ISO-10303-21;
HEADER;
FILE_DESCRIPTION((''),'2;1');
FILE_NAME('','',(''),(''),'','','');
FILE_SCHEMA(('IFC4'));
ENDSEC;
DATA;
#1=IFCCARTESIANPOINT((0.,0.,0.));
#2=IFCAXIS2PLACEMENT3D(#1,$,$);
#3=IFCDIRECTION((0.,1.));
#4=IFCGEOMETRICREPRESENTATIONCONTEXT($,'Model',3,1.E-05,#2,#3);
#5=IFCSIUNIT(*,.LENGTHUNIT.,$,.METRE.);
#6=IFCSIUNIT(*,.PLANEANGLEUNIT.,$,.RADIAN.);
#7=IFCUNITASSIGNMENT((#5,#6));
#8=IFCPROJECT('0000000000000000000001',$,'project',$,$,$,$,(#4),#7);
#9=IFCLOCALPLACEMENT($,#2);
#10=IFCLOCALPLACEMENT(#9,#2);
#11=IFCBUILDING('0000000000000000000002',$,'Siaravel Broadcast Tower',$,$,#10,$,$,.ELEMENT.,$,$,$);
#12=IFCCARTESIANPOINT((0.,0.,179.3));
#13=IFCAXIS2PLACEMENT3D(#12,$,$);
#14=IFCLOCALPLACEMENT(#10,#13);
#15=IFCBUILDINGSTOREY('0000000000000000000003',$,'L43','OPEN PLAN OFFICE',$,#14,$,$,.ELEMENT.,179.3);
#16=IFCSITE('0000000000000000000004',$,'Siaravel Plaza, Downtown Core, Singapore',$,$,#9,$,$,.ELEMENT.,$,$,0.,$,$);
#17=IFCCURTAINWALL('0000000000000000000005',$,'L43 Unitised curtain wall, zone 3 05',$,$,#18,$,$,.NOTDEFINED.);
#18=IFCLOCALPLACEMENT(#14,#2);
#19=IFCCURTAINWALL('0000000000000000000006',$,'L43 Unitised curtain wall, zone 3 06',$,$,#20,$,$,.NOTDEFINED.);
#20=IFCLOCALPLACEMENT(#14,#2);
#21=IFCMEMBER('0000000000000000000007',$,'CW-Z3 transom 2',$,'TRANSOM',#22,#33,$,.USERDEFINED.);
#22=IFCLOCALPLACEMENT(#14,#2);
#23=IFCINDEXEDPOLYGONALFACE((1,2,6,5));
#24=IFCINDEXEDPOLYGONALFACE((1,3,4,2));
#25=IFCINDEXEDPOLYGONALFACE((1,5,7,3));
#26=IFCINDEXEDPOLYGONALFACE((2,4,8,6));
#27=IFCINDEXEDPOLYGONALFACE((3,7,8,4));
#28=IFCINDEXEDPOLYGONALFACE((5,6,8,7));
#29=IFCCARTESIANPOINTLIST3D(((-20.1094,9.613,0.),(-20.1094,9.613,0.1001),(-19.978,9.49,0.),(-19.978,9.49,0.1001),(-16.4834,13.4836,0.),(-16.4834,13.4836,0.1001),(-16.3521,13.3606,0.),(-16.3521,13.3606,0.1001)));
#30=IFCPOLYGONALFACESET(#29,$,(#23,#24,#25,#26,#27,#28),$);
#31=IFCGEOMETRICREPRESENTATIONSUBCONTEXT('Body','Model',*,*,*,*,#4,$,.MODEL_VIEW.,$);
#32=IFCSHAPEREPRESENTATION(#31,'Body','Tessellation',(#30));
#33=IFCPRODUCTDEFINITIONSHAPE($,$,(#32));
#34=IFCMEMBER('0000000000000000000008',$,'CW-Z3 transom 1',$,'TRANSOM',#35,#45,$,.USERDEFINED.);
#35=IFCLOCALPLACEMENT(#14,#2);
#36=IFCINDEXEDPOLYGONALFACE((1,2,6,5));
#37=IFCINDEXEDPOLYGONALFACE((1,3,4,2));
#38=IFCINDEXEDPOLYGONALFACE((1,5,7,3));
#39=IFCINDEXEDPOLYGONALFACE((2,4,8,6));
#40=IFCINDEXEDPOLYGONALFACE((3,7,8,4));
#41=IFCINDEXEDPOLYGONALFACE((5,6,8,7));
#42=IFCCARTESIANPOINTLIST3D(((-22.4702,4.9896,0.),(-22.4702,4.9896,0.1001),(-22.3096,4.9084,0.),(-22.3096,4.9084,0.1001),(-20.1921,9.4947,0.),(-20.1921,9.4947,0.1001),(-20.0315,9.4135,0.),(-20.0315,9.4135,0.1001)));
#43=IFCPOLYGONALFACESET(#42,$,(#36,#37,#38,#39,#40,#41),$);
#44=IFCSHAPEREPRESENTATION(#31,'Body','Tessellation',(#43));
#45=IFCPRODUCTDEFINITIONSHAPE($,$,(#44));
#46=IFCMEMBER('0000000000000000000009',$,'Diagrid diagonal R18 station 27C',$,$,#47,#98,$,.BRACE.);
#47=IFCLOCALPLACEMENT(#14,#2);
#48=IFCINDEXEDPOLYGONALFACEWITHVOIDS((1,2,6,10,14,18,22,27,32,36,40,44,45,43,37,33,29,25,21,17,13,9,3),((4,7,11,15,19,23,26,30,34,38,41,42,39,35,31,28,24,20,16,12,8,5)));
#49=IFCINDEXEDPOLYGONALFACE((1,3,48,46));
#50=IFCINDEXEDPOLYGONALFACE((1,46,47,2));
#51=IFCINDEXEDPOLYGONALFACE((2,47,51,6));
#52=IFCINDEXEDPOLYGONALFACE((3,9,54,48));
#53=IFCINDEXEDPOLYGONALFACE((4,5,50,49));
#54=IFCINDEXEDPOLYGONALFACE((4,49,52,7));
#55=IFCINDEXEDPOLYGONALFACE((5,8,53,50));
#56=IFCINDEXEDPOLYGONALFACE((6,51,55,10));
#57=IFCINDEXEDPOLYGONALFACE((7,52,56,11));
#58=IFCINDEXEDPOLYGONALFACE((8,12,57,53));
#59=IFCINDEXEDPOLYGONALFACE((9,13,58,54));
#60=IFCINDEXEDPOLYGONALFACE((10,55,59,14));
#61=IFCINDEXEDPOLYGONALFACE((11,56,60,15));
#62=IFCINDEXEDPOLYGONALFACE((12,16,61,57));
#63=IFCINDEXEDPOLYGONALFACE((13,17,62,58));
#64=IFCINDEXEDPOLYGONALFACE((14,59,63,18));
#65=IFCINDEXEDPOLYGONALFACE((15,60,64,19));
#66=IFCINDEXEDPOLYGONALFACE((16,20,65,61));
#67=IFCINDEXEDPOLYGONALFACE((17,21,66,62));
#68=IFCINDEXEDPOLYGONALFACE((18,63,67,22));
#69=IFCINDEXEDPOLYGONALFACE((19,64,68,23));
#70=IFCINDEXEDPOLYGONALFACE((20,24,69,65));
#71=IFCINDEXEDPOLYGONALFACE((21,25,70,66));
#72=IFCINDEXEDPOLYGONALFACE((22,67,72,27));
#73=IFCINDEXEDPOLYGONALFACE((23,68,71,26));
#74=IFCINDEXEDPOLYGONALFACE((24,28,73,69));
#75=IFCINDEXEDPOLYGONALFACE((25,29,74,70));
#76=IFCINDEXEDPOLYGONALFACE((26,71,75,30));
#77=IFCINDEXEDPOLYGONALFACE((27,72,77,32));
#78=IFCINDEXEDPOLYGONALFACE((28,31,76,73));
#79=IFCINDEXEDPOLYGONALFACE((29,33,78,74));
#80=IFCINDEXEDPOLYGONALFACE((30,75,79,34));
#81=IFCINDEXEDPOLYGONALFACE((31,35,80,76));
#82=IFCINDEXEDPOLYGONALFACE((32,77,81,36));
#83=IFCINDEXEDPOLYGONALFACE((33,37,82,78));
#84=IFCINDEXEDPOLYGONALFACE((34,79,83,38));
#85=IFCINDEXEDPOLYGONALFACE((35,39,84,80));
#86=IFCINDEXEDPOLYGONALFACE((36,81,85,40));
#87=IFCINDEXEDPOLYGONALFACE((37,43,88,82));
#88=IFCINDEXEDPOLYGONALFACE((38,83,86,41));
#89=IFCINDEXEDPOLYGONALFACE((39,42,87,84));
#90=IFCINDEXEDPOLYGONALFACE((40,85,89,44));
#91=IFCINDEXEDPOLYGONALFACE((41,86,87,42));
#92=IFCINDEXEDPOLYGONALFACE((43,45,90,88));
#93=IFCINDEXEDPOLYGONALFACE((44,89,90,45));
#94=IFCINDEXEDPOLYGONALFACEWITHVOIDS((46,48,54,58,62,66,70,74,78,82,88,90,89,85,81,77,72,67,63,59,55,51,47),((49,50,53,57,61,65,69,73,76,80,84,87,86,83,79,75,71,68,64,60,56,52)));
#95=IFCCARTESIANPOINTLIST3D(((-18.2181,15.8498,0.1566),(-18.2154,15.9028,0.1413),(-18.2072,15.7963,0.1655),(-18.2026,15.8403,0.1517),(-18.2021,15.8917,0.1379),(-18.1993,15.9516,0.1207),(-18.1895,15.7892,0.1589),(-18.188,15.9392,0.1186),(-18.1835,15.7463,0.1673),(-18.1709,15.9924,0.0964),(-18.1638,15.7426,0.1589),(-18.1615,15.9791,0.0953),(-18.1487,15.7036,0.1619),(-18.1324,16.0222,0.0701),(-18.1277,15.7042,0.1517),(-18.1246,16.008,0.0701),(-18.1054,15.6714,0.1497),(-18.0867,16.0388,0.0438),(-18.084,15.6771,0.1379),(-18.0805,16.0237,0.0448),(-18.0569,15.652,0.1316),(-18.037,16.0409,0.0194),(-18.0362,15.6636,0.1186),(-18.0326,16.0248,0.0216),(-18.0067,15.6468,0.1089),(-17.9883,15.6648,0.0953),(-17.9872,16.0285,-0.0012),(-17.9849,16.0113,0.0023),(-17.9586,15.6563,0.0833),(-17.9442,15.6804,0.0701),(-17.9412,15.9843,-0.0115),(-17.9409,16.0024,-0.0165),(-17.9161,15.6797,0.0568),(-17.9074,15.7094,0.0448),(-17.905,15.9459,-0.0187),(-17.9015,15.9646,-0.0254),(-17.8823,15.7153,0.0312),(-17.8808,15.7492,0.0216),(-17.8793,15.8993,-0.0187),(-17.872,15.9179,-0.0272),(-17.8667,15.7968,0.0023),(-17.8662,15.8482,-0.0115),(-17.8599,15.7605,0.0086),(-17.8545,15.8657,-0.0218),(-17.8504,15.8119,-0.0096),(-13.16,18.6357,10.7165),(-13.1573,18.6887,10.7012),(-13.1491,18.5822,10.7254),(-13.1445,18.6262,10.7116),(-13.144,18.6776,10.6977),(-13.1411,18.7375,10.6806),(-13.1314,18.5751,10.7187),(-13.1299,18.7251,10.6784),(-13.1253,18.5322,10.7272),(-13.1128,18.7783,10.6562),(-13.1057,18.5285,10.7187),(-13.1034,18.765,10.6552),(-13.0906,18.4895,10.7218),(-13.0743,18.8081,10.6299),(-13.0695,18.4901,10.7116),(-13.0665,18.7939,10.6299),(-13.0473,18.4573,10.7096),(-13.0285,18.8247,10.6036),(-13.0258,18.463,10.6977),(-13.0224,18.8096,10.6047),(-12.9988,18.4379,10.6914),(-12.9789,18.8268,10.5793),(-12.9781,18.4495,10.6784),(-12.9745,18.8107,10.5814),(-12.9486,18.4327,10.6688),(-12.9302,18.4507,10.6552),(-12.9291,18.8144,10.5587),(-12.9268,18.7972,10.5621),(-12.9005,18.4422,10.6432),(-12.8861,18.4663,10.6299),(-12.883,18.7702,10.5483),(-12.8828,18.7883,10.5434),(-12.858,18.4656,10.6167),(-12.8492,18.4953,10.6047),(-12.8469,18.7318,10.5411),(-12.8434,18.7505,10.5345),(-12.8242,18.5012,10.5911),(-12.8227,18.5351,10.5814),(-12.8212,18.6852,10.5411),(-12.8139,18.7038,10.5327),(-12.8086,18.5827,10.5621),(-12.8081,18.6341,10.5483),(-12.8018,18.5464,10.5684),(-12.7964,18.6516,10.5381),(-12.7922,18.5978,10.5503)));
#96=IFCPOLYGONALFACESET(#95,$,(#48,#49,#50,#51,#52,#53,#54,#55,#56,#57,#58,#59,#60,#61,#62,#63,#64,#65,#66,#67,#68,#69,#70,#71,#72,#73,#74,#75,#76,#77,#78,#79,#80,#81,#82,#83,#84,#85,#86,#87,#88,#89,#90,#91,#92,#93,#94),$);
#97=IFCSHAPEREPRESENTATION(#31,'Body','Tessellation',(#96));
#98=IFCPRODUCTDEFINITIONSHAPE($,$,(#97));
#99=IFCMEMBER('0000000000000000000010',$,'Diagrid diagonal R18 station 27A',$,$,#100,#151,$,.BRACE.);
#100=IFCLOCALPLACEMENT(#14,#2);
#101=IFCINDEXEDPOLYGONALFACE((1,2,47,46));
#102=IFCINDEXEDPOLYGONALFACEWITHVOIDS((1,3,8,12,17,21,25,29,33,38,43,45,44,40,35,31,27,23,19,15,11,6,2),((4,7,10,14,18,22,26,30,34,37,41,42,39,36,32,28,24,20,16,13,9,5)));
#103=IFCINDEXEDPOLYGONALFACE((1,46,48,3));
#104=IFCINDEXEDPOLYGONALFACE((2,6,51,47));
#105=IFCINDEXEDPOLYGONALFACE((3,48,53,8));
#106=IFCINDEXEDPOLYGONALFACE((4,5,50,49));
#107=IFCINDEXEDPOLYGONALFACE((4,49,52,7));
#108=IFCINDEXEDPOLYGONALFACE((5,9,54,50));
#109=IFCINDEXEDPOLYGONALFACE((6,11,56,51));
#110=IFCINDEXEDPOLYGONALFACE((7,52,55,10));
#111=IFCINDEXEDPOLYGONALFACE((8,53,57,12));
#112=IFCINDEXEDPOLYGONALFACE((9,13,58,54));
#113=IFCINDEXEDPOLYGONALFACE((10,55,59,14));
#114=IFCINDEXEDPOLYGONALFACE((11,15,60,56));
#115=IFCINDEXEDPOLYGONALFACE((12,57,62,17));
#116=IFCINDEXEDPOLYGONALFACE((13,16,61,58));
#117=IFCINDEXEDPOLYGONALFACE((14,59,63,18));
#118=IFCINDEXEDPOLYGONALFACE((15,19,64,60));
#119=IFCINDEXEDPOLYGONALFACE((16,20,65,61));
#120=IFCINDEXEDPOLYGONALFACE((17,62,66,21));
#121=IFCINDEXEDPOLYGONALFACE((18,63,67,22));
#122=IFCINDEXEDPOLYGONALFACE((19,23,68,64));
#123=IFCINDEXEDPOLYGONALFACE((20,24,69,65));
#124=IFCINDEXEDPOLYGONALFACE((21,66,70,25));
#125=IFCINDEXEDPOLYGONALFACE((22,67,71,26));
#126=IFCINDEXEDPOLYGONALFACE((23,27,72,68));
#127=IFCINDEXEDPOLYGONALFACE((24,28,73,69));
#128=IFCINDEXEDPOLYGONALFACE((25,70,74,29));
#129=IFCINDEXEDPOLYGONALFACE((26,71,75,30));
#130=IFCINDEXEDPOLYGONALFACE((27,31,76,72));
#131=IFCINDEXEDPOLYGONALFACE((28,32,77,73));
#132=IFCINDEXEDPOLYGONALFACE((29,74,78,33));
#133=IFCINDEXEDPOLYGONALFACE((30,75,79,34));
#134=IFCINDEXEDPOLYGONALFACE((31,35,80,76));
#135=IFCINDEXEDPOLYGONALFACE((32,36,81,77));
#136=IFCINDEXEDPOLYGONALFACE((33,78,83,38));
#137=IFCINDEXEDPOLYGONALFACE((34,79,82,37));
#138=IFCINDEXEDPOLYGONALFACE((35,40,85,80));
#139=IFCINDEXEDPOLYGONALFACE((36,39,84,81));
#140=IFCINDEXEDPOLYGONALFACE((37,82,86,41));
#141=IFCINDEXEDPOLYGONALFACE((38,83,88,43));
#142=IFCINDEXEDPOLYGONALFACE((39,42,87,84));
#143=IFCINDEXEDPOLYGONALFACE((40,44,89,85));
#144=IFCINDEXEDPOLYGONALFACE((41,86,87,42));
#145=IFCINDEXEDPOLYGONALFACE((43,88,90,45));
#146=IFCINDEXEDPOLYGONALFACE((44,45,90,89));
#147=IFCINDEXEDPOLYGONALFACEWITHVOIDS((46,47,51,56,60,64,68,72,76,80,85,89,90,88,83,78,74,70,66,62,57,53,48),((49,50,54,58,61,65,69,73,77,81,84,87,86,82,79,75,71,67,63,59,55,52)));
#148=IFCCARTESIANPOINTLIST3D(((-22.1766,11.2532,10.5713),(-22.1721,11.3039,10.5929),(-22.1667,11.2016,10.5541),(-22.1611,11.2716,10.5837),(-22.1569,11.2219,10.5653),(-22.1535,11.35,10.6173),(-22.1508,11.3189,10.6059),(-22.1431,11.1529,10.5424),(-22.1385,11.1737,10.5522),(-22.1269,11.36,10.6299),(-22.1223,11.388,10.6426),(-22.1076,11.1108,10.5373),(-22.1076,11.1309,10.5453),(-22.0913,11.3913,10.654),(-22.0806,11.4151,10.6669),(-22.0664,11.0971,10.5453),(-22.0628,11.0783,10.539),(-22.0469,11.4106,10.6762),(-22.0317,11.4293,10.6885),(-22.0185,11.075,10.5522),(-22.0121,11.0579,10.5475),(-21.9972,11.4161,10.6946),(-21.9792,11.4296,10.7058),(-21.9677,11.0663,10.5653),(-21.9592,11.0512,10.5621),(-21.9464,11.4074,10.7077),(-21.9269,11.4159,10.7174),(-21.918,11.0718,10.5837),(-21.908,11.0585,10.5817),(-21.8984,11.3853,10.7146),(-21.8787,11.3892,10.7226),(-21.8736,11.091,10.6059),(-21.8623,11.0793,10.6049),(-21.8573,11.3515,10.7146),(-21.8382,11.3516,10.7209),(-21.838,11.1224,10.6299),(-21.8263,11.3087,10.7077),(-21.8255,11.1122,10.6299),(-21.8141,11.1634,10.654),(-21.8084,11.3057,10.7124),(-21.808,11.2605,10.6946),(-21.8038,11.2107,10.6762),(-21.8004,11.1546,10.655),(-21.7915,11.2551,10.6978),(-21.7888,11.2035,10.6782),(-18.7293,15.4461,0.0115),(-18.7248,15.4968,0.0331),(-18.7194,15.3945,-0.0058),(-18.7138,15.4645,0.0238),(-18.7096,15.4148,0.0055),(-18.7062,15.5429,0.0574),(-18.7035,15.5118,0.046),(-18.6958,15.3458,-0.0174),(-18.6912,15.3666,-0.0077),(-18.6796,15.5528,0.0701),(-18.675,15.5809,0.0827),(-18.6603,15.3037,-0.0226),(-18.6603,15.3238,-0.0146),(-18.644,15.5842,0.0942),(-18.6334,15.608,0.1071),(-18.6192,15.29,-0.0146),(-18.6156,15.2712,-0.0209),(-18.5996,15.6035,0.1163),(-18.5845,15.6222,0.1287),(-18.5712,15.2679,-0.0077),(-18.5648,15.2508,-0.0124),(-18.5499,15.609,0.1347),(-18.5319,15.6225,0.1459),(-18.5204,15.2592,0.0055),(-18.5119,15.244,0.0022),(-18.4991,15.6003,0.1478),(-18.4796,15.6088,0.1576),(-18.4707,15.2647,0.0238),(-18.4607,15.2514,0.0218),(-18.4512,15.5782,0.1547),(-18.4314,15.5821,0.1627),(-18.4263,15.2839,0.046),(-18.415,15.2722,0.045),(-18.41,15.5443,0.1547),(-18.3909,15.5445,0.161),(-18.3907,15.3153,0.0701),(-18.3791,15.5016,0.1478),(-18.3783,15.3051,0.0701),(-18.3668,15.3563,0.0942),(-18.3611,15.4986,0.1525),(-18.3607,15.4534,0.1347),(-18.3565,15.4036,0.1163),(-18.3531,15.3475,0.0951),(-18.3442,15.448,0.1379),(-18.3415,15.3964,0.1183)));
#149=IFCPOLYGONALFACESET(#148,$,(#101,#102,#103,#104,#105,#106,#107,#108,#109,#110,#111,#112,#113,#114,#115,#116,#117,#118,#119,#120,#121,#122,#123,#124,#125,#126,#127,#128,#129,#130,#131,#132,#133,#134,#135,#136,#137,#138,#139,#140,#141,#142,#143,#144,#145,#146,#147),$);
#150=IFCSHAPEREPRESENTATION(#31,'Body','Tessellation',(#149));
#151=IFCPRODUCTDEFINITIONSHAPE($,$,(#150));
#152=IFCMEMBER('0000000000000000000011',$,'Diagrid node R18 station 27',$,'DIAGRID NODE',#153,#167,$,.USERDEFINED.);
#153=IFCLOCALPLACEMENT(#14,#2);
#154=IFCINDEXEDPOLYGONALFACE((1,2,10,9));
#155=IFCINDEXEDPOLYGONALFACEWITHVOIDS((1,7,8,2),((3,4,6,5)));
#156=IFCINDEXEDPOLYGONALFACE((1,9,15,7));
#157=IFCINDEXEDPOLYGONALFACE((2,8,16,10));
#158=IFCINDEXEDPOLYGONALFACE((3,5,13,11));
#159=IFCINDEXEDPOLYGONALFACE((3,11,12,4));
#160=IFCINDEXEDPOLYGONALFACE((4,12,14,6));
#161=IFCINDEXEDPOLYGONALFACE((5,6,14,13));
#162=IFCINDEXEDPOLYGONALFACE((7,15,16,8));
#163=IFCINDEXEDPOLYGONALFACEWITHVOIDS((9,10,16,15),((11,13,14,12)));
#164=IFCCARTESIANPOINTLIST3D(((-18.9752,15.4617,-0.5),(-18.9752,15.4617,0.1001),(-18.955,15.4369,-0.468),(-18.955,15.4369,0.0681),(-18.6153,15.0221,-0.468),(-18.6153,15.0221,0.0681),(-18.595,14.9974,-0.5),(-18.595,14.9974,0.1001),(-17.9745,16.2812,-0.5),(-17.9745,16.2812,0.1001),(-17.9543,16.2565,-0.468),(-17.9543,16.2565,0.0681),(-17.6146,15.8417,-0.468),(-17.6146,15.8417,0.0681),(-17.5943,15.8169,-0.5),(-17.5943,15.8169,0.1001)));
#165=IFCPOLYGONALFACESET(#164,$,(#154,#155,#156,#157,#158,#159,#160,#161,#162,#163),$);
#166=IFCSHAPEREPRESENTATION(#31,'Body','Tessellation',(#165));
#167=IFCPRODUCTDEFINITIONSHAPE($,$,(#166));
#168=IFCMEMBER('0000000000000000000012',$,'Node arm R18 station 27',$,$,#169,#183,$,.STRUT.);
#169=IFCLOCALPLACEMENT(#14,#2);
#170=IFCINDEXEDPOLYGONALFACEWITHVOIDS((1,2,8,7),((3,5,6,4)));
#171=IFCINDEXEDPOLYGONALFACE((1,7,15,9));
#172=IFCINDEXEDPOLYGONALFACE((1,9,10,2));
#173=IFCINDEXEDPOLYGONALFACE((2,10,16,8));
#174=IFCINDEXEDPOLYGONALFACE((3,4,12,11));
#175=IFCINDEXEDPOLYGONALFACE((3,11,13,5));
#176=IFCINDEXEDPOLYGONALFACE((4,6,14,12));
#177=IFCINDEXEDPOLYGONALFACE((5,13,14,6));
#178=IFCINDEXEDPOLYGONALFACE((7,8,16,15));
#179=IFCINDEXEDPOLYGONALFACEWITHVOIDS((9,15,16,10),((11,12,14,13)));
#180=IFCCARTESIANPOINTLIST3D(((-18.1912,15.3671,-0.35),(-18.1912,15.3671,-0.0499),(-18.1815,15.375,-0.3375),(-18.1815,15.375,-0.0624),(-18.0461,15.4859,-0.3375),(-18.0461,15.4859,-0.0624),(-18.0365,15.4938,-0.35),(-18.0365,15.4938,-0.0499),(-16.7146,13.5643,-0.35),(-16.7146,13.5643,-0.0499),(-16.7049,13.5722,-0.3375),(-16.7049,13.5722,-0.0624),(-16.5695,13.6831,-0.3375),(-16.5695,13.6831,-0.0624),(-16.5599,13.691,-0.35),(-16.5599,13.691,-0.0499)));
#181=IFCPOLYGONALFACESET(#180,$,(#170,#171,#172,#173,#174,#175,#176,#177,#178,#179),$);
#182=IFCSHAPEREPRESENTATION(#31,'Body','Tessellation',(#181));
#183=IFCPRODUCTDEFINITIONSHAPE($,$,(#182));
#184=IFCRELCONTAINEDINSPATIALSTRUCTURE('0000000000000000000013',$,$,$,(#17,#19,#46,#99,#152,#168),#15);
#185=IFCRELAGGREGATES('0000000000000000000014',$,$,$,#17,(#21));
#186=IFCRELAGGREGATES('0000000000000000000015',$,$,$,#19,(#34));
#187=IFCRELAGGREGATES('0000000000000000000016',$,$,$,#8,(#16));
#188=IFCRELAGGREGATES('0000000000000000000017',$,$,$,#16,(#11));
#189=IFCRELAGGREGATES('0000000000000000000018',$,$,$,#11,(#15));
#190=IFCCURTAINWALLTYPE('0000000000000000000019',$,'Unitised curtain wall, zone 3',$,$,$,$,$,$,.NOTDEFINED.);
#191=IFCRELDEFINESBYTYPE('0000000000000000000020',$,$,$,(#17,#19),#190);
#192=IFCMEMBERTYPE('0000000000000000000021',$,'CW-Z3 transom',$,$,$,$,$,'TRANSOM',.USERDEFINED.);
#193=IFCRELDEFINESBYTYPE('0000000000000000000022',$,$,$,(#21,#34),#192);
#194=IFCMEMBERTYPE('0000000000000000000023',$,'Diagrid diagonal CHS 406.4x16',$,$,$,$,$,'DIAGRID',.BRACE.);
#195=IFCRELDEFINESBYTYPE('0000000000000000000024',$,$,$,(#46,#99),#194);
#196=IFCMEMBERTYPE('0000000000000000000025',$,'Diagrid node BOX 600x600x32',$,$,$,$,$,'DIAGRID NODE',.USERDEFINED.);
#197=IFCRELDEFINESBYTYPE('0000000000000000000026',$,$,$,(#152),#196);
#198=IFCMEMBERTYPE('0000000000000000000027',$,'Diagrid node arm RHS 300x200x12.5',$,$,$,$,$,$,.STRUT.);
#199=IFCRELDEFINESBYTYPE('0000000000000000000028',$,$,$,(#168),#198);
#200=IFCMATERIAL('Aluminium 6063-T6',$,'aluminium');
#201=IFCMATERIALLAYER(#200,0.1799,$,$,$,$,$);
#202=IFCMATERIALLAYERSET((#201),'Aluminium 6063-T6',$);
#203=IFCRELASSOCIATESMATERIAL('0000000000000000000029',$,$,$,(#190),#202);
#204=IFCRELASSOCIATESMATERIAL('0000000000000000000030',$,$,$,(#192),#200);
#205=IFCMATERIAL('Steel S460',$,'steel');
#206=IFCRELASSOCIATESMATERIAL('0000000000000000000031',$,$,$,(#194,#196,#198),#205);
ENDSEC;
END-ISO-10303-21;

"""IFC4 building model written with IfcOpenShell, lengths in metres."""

from ifc_helpers import new_model, si_unit, direction, frame, origin, origin_2d, place, context, subcontext, project, spatial, rectangle, hollow_rectangle, hollow_circle, extrude, material, layer, layer_set, material_profile, profile_set, type_object, element, aggregate, save


model = new_model("IFC4")

# Units and contexts
model_context = context("Model", 3, precision=1e-05, world=origin(), true_north=direction((0.0, 1.0)))
body_context = subcontext(model_context, "Body", "Model", "MODEL_VIEW")
ifc_project = project(units=[si_unit("LENGTHUNIT", "METRE"), si_unit("PLANEANGLEUNIT", "RADIAN")], contexts=[model_context])

# Site, building, storey
site_placement = place(None, origin())
site = spatial("IfcSite", under=ifc_project, at=site_placement, Name="Siaravel Plaza, Downtown Core, Singapore", CompositionType="ELEMENT", RefElevation=0.0)
building_placement = place(site_placement, origin())
building = spatial("IfcBuilding", under=site, at=building_placement, Name="Siaravel Broadcast Tower", CompositionType="ELEMENT")
storey_placement = place(building_placement, frame((0.0, 0.0, 179.3)))
storey = spatial("IfcBuildingStorey", under=building, at=storey_placement, Name="L43", Description="OPEN PLAN OFFICE", CompositionType="ELEMENT", Elevation=179.3)

# Curtain wall
ifc_material_1 = material(Name="Aluminium 6063-T6", Category="aluminium")
ifc_layer_1 = layer(ifc_material_1, 0.1799)
ifc_layer_set_1 = layer_set([ifc_layer_1], Name="Aluminium 6063-T6")
curtain_wall_type = type_object("IfcCurtainWallType", Name="Unitised curtain wall, zone 3", PredefinedType="NOTDEFINED", material=ifc_layer_set_1)
curtain_wall_1_placement = place(storey_placement, origin())
curtain_wall_1 = element("IfcCurtainWall", 1, at=curtain_wall_1_placement, inside=storey, type_object=curtain_wall_type, Name="L43 Unitised curtain wall, zone 3 05", PredefinedType="NOTDEFINED")

# Curtain wall
curtain_wall_2_placement = place(storey_placement, origin())
curtain_wall_2 = element("IfcCurtainWall", 2, at=curtain_wall_2_placement, inside=storey, type_object=curtain_wall_type, Name="L43 Unitised curtain wall, zone 3 06", PredefinedType="NOTDEFINED")

# Members
ifc_material_profile_1 = material_profile(ifc_material_1, rectangle(XDim=0.1799, YDim=0.1001, at=origin_2d()))
ifc_profile_set_1 = profile_set([ifc_material_profile_1], Name="Aluminium 6063-T6")
member_type_1 = type_object("IfcMemberType", Name="CW-Z3 transom", ElementType="TRANSOM", PredefinedType="USERDEFINED", material=ifc_profile_set_1)
member_1_placement = place(storey_placement, frame((-16.4177, 13.4221, 0.05), z_axis=(-0.683669, -0.729793, 0.0), x_axis=(0.729793, -0.683669, 0.0)))
member_1 = element("IfcMember", 3, at=member_1_placement, type_object=member_type_1, Name="CW-Z3 transom 2", ObjectType="TRANSOM", PredefinedType="USERDEFINED", context=body_context, shape_type="SweptSolid", body=[
    extrude(rectangle(XDim=0.1799, YDim=0.1001, at=origin_2d()), origin(), (0.0, 0.0, 1.0), 5.3037),
])
member_2_placement = place(storey_placement, frame((-20.1118, 9.4541, 0.05), z_axis=(-0.451252, -0.892397, 0.0), x_axis=(0.892397, -0.451252, 0.0)))
member_2 = element("IfcMember", 4, at=member_2_placement, type_object=member_type_1, Name="CW-Z3 transom 1", ObjectType="TRANSOM", PredefinedType="USERDEFINED", context=body_context, shape_type="SweptSolid", body=[
    extrude(rectangle(XDim=0.1799, YDim=0.1001, at=origin_2d()), origin(), (0.0, 0.0, 1.0), 5.0483),
])

# Members
ifc_material_2 = material(Name="Steel S460", Category="steel")
ifc_material_profile_2 = material_profile(ifc_material_2, hollow_circle(Radius=0.2031, WallThickness=0.0161, at=origin_2d()))
ifc_profile_set_2 = profile_set([ifc_material_profile_2], Name="Steel S460")
member_type_2 = type_object("IfcMemberType", Name="Diagrid diagonal CHS 406.4x16", ElementType="DIAGRID", PredefinedType="BRACE", material=ifc_profile_set_2)
member_3_placement = place(storey_placement, frame((-18.0344, 15.8442, 0.0701), z_axis=(0.420263, 0.231471, 0.877383), x_axis=(-0.482441, 0.875928, 0.0)))
element("IfcMember", 5, at=member_3_placement, inside=storey, type_object=member_type_2, Name="Diagrid diagonal R18 station 27C", PredefinedType="BRACE", context=body_context, shape_type="SweptSolid", body=[
    extrude(hollow_circle(Radius=0.2031, WallThickness=0.0161, at=origin_2d()), origin(), (0.0, 0.0, 1.0), 12.0356),
])
member_4_placement = place(storey_placement, frame((-18.5352, 15.4341, 0.0701), z_axis=(-0.290339, -0.353137, 0.88938), x_axis=(0.772444, -0.635083, 0.0)))
element("IfcMember", 6, at=member_4_placement, inside=storey, type_object=member_type_2, Name="Diagrid diagonal R18 station 27A", PredefinedType="BRACE", context=body_context, shape_type="SweptSolid", body=[
    extrude(hollow_circle(Radius=0.2031, WallThickness=0.0161, at=origin_2d()), origin(), (0.0, 0.0, 1.0), 11.8733),
])
ifc_material_profile_3 = material_profile(ifc_material_2, hollow_rectangle(XDim=0.6001, YDim=0.6001, WallThickness=0.032, at=origin_2d()))
ifc_profile_set_3 = profile_set([ifc_material_profile_3], Name="Steel S460")
member_type_3 = type_object("IfcMemberType", Name="Diagrid node BOX 600x600x32", ElementType="DIAGRID NODE", PredefinedType="USERDEFINED", material=ifc_profile_set_3)
member_5_placement = place(storey_placement, frame((-17.7844, 16.0491, -0.2), z_axis=(-0.773654, -0.633608, 0.0), x_axis=(0.633608, -0.773654, 0.0)))
element("IfcMember", 7, at=member_5_placement, inside=storey, type_object=member_type_3, Name="Diagrid node R18 station 27", ObjectType="DIAGRID NODE", PredefinedType="USERDEFINED", context=body_context, shape_type="SweptSolid", body=[
    extrude(hollow_rectangle(XDim=0.6001, YDim=0.6001, WallThickness=0.032, at=origin_2d()), origin(), (0.0, 0.0, 1.0), 1.2935),
])
ifc_material_profile_4 = material_profile(ifc_material_2, hollow_rectangle(XDim=0.2, YDim=0.3, WallThickness=0.0125, at=origin_2d()))
ifc_profile_set_4 = profile_set([ifc_material_profile_4], Name="Steel S460")
member_type_4 = type_object("IfcMemberType", Name="Diagrid node arm RHS 300x200x12.5", PredefinedType="STRUT", material=ifc_profile_set_4)
member_6_placement = place(storey_placement, frame((-16.6372, 13.6277, -0.2), z_axis=(-0.633648, 0.773621, 0.0), x_axis=(-0.773621, -0.633648, 0.0)))
element("IfcMember", 8, at=member_6_placement, inside=storey, type_object=member_type_4, Name="Node arm R18 station 27", PredefinedType="STRUT", context=body_context, shape_type="SweptSolid", body=[
    extrude(hollow_rectangle(XDim=0.2, YDim=0.3, WallThickness=0.0125, at=origin_2d()), origin(), (0.0, 0.0, 1.0), 2.3303),
])

aggregate(curtain_wall_1, [member_1])
aggregate(curtain_wall_2, [member_2])

save(model, "model.ifc")
